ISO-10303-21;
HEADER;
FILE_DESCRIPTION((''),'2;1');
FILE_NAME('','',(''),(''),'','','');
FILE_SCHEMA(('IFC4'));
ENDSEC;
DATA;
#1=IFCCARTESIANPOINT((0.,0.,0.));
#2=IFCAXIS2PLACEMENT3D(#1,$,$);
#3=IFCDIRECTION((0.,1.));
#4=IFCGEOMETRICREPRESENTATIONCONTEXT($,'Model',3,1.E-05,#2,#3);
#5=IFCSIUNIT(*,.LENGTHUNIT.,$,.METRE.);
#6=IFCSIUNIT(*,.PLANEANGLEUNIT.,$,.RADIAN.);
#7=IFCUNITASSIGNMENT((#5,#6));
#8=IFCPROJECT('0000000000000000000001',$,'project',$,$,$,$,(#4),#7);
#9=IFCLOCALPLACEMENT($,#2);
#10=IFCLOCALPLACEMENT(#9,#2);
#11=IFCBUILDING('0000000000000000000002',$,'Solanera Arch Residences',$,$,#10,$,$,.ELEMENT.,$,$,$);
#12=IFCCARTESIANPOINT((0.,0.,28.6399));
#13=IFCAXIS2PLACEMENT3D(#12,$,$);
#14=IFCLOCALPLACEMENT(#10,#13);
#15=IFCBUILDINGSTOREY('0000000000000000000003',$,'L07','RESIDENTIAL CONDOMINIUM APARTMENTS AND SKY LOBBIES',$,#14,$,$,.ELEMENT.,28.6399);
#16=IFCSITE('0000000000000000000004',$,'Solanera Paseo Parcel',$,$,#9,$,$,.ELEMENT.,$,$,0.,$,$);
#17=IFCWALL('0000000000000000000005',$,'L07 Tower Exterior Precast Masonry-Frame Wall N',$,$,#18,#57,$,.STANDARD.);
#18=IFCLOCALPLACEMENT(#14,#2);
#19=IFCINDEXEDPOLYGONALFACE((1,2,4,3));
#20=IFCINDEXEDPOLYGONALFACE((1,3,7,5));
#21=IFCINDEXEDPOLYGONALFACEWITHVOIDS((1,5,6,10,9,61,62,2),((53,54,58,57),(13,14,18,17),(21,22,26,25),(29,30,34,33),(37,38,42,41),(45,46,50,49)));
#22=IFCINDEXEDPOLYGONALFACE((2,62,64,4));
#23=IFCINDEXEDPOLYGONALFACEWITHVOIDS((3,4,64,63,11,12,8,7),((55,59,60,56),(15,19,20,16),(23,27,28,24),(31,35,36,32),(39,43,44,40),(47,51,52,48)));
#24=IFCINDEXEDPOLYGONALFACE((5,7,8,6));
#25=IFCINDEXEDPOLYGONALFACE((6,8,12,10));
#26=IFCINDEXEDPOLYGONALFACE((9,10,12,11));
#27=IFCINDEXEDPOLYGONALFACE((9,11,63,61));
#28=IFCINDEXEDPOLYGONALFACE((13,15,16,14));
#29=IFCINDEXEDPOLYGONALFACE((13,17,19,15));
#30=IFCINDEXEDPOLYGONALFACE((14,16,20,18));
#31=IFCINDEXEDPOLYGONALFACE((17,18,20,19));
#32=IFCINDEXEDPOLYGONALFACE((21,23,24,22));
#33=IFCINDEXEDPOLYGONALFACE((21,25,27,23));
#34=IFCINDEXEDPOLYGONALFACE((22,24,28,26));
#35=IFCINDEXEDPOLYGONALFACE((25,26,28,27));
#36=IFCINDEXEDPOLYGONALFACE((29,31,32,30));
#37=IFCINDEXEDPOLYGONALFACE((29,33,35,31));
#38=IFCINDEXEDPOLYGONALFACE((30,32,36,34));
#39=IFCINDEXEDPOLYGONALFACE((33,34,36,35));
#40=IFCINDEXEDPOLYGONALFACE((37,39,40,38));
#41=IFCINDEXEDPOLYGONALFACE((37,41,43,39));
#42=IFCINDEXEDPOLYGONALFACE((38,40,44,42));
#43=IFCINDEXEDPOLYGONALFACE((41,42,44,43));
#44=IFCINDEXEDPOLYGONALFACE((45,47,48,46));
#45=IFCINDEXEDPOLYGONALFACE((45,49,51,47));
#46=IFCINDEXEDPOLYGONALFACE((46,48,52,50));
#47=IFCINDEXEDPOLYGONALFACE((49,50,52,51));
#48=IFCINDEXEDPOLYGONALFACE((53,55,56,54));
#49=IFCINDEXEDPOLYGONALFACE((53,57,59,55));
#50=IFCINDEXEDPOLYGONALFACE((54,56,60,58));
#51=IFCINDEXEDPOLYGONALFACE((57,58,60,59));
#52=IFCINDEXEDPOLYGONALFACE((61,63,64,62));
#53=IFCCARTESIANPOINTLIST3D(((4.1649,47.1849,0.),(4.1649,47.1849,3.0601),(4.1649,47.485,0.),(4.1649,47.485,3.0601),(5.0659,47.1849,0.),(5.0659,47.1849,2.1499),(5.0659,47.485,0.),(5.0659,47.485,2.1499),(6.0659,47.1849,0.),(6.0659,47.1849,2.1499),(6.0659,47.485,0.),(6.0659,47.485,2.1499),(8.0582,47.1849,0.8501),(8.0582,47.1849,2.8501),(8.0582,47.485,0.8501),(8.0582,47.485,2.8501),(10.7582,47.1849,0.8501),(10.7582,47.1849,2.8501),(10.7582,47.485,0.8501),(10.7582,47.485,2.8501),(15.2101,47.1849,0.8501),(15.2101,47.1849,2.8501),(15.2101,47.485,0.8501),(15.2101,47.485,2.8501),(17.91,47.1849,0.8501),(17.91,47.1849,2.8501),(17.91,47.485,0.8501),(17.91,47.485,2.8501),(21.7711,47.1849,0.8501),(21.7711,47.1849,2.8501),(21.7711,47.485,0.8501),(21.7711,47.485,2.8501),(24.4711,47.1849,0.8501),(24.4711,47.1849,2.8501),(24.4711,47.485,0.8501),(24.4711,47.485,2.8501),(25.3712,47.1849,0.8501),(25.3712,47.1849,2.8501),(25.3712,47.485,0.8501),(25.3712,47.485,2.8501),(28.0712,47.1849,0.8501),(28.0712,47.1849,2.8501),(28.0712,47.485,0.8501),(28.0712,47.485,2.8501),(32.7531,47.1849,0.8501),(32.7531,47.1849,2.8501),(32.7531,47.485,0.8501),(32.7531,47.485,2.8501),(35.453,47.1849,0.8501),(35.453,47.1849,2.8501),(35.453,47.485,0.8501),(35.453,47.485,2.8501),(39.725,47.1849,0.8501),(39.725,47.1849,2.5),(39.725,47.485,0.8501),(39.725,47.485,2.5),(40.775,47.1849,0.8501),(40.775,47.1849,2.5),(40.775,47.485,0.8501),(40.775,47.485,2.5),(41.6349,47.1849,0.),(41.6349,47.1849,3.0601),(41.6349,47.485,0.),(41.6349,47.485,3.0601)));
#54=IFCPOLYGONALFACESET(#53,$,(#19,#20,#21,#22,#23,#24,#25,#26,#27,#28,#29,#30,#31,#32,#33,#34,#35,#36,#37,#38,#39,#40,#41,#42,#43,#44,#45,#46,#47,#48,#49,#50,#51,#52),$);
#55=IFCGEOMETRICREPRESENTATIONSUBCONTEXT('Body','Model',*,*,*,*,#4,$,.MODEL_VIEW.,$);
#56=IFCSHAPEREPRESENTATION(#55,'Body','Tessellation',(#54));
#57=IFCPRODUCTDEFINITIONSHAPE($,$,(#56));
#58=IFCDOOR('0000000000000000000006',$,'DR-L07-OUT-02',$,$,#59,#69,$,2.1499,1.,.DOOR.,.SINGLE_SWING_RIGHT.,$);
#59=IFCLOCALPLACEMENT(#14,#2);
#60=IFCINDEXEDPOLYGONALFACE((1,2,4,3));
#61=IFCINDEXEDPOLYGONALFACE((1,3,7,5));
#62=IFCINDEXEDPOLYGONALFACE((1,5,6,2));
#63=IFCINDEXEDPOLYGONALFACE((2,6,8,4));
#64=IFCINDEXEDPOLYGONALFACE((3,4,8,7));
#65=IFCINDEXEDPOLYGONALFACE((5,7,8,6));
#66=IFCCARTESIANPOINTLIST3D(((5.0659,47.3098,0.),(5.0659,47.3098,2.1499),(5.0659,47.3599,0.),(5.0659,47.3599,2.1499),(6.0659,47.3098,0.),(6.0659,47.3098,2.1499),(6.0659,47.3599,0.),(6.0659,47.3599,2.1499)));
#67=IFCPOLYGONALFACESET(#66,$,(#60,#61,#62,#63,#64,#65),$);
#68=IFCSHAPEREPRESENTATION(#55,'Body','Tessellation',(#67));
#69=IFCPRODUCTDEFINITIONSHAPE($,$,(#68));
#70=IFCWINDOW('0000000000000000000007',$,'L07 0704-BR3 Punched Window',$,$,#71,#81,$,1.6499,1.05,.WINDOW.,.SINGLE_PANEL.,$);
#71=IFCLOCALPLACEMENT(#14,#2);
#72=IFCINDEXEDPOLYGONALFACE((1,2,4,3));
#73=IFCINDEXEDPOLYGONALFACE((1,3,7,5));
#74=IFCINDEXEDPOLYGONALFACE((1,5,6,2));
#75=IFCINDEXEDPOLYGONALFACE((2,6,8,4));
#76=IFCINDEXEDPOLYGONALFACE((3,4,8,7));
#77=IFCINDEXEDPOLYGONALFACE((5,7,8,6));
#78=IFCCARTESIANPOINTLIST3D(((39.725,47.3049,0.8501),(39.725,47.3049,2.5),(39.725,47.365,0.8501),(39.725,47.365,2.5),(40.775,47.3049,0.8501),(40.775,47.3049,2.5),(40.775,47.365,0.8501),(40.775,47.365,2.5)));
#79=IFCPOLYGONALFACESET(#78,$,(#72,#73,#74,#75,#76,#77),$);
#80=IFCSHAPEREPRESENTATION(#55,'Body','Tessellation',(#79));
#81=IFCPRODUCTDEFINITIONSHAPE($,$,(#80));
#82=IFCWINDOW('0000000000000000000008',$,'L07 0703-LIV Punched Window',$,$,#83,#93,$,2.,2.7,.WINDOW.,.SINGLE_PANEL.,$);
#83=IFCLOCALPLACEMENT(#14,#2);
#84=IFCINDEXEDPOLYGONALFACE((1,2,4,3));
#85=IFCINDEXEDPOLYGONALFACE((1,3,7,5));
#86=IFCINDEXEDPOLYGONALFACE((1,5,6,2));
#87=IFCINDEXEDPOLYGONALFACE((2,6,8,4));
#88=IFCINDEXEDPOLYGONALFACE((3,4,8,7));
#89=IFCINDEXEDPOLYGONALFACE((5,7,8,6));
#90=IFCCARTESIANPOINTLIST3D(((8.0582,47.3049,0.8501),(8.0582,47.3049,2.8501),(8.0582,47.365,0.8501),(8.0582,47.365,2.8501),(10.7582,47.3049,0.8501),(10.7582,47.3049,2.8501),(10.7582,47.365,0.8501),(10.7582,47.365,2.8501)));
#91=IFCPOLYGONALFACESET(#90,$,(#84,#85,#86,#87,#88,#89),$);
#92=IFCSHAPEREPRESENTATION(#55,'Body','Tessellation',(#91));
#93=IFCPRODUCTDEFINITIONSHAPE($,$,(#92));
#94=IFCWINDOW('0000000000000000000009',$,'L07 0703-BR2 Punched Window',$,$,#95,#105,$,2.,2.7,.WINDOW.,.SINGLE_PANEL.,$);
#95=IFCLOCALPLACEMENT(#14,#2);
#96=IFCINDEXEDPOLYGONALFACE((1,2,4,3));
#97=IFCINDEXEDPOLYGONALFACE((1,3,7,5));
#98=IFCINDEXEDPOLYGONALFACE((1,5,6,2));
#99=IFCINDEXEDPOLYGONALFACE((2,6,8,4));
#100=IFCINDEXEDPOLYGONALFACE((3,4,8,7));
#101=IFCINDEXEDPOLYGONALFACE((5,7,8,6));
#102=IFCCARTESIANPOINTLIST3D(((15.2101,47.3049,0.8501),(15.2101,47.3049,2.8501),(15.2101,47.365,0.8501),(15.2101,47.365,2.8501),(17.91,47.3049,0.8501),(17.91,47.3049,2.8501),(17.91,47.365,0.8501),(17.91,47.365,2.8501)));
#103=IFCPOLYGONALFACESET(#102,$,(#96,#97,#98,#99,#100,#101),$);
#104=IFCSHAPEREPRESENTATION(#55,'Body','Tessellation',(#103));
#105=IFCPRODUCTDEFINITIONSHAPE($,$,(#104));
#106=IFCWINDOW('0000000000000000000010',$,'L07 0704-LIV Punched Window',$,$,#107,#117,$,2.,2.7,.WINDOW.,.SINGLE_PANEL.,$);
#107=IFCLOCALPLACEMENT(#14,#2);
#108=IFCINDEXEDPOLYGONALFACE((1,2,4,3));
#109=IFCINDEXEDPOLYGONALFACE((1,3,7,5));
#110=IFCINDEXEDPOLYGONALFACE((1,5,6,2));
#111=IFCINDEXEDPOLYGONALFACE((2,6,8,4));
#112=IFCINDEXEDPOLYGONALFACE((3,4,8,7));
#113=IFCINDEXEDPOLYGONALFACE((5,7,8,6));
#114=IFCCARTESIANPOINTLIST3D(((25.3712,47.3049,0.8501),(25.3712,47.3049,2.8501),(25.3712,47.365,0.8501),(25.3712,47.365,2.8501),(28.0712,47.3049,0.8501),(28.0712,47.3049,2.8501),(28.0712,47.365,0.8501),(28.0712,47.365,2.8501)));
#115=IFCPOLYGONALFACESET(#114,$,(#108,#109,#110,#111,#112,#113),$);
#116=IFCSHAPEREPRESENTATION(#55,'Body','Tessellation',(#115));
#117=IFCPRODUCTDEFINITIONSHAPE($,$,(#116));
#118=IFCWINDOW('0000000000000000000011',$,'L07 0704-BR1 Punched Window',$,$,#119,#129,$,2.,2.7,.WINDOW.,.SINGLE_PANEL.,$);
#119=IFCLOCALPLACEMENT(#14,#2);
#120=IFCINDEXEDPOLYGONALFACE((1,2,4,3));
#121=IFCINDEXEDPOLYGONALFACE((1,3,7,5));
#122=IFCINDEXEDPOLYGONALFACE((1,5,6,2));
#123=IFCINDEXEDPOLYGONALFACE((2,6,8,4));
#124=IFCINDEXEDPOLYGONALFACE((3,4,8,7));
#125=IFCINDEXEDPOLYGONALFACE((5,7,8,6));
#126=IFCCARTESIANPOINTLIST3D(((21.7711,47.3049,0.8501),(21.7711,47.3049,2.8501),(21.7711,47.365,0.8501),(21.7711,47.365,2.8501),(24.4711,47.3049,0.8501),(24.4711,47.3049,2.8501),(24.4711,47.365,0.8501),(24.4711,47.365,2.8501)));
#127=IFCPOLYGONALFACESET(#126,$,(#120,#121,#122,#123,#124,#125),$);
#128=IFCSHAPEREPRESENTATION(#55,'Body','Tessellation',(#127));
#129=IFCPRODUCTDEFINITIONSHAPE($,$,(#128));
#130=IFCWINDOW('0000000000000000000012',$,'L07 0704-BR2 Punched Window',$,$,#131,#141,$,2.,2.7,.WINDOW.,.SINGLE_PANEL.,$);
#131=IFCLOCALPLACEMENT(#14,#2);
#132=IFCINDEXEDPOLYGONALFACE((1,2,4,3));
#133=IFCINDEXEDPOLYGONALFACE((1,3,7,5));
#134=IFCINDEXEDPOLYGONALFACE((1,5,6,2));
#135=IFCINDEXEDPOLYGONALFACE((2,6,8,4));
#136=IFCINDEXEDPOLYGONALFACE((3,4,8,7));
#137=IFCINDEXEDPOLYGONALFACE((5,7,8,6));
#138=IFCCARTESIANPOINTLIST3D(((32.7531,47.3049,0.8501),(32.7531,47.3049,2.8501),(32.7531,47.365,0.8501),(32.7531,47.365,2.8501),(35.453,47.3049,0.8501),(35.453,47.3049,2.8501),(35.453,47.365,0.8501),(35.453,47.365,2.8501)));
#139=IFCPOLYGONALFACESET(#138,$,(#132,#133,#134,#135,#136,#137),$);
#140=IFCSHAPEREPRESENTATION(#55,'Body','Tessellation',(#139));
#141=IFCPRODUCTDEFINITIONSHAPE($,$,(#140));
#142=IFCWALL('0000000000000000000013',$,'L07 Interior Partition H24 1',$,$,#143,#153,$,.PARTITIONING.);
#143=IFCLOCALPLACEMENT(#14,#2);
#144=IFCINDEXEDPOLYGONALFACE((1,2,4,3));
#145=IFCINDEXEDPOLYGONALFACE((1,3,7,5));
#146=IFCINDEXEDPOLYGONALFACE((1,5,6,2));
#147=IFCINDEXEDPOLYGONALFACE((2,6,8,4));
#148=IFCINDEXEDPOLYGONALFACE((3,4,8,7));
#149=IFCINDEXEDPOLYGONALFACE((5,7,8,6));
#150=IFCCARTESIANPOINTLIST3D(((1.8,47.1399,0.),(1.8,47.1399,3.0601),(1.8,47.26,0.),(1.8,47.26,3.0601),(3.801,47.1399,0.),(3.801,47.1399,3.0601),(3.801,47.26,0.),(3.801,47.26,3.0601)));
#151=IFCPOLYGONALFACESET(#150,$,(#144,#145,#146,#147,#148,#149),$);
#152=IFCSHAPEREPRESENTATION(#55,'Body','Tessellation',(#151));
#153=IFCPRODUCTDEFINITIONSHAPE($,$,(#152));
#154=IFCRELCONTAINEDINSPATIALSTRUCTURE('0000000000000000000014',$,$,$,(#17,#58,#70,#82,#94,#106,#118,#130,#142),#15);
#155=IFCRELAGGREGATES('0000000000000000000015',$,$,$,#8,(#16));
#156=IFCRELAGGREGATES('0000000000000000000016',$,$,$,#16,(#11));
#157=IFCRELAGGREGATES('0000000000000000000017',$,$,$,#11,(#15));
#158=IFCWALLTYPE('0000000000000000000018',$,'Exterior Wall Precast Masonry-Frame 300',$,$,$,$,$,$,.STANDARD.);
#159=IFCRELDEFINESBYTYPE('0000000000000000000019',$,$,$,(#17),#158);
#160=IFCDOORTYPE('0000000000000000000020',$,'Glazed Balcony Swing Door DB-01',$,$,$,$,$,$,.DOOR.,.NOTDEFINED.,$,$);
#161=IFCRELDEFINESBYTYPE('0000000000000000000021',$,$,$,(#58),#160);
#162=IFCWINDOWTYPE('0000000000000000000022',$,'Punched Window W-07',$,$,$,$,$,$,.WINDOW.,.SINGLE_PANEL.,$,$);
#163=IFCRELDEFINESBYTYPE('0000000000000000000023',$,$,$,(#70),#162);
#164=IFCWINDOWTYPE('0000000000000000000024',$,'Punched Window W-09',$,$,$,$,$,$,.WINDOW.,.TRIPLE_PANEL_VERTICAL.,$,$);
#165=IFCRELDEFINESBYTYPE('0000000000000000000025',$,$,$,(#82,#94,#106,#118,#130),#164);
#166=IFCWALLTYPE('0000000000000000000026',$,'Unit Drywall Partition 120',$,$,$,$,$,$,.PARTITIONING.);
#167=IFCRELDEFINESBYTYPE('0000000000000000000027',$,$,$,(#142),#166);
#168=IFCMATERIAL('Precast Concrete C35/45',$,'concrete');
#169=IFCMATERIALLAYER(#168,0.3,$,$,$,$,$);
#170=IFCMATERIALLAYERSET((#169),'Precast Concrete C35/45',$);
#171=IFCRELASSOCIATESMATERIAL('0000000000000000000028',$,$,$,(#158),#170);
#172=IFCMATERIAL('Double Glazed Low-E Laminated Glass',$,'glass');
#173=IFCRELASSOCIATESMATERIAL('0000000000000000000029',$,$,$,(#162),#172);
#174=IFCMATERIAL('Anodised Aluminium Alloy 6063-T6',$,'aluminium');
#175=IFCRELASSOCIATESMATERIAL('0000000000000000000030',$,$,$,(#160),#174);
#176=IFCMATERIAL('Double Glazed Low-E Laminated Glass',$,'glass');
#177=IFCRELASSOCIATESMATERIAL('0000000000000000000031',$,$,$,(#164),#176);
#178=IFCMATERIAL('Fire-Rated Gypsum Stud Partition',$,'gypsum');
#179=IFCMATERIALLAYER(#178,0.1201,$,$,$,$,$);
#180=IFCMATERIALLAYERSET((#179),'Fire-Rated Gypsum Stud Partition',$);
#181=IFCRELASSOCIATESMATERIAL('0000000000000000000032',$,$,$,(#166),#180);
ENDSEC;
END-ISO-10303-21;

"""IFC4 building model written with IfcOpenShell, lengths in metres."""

from ifc_helpers import new_model, si_unit, direction, frame, frame_2d, origin, place, context, subcontext, project, spatial, rectangle, extrude, material, layer, layer_set, type_object, element, fill, save


model = new_model("IFC4")

# Units and contexts
model_context = context("Model", 3, precision=1e-05, world=origin(), true_north=direction((0.0, 1.0)))
body_context = subcontext(model_context, "Body", "Model", "MODEL_VIEW")
ifc_project = project(units=[si_unit("LENGTHUNIT", "METRE"), si_unit("PLANEANGLEUNIT", "RADIAN")], contexts=[model_context])

# Site, building, storey
site_placement = place(None, origin())
site = spatial("IfcSite", under=ifc_project, at=site_placement, Name="Solanera Paseo Parcel", CompositionType="ELEMENT", RefElevation=0.0)
building_placement = place(site_placement, origin())
building = spatial("IfcBuilding", under=site, at=building_placement, Name="Solanera Arch Residences", CompositionType="ELEMENT")
storey_placement = place(building_placement, frame((0.0, 0.0, 28.6399)))
storey = spatial("IfcBuildingStorey", under=building, at=storey_placement, Name="L07", Description="RESIDENTIAL CONDOMINIUM APARTMENTS AND SKY LOBBIES", CompositionType="ELEMENT", Elevation=28.6399)

# Shared definitions
ifc_material_1 = material(Name="Precast Concrete C35/45", Category="concrete")
ifc_layer_1 = layer(ifc_material_1, 0.3)
ifc_layer_set_1 = layer_set([ifc_layer_1], Name="Precast Concrete C35/45")
wall_type_1 = type_object("IfcWallType", Name="Exterior Wall Precast Masonry-Frame 300", PredefinedType="STANDARD", material=ifc_layer_set_1)
ifc_material_2 = material(Name="Double Glazed Low-E Laminated Glass", Category="glass")
window_type_1 = type_object("IfcWindowType", Name="Punched Window W-07", PartitioningType="SINGLE_PANEL", PredefinedType="WINDOW", material=ifc_material_2)

# Wall, openings, door, windows
wall_1_placement = place(storey_placement, frame((4.165, 47.335, 0.0), z_axis=(0.0, 0.0, 1.0), x_axis=(1.0, 0.0, 0.0)))
wall_1 = element("IfcWall", 1, at=wall_1_placement, inside=storey, type_object=wall_type_1, Name="L07 Tower Exterior Precast Masonry-Frame Wall N", PredefinedType="STANDARD", context=body_context, shape_type="SweptSolid", body=[
    extrude(rectangle(XDim=37.47, YDim=0.3, at=frame_2d((18.7349, 0.0))), origin(), (0.0, 0.0, 1.0), 3.0601),
])
opening_1_placement = place(wall_1_placement, frame((0.9009, 0.0, 0.0)))
opening_1 = element("IfcOpeningElement", 2, at=opening_1_placement, cuts=wall_1, PredefinedType="OPENING", context=body_context, shape_type="SweptSolid", body=[
    extrude(rectangle(XDim=1.0, YDim=2.1499, at=frame_2d((0.5, 1.075))), frame((0.0, 0.1599, 0.0), z_axis=(0.0, -1.0, 0.0), x_axis=(1.0, 0.0, 0.0)), (0.0, 0.0, 1.0), 0.32),
])
opening_2_placement = place(wall_1_placement, frame((3.8931, 0.0, 0.8501)))
opening_2 = element("IfcOpeningElement", 3, at=opening_2_placement, cuts=wall_1, PredefinedType="OPENING", context=body_context, shape_type="SweptSolid", body=[
    extrude(rectangle(XDim=2.7, YDim=2.0, at=frame_2d((1.3501, 1.0))), frame((0.0, 0.1599, 0.0), z_axis=(0.0, -1.0, 0.0), x_axis=(1.0, 0.0, 0.0)), (0.0, 0.0, 1.0), 0.32),
])
opening_3_placement = place(wall_1_placement, frame((11.0449, 0.0, 0.8501)))
opening_3 = element("IfcOpeningElement", 4, at=opening_3_placement, cuts=wall_1, PredefinedType="OPENING", context=body_context, shape_type="SweptSolid", body=[
    extrude(rectangle(XDim=2.7, YDim=2.0, at=frame_2d((1.3501, 1.0))), frame((0.0, 0.1599, 0.0), z_axis=(0.0, -1.0, 0.0), x_axis=(1.0, 0.0, 0.0)), (0.0, 0.0, 1.0), 0.32),
])
opening_4_placement = place(wall_1_placement, frame((21.2061, 0.0, 0.8501)))
opening_4 = element("IfcOpeningElement", 5, at=opening_4_placement, cuts=wall_1, PredefinedType="OPENING", context=body_context, shape_type="SweptSolid", body=[
    extrude(rectangle(XDim=2.7, YDim=2.0, at=frame_2d((1.3501, 1.0))), frame((0.0, 0.1599, 0.0), z_axis=(0.0, -1.0, 0.0), x_axis=(1.0, 0.0, 0.0)), (0.0, 0.0, 1.0), 0.32),
])
opening_5_placement = place(wall_1_placement, frame((17.606, 0.0, 0.8501)))
opening_5 = element("IfcOpeningElement", 6, at=opening_5_placement, cuts=wall_1, PredefinedType="OPENING", context=body_context, shape_type="SweptSolid", body=[
    extrude(rectangle(XDim=2.7, YDim=2.0, at=frame_2d((1.3501, 1.0))), frame((0.0, 0.1599, 0.0), z_axis=(0.0, -1.0, 0.0), x_axis=(1.0, 0.0, 0.0)), (0.0, 0.0, 1.0), 0.32),
])
opening_6_placement = place(wall_1_placement, frame((28.5879, 0.0, 0.8501)))
opening_6 = element("IfcOpeningElement", 7, at=opening_6_placement, cuts=wall_1, PredefinedType="OPENING", context=body_context, shape_type="SweptSolid", body=[
    extrude(rectangle(XDim=2.7, YDim=2.0, at=frame_2d((1.3501, 1.0))), frame((0.0, 0.1599, 0.0), z_axis=(0.0, -1.0, 0.0), x_axis=(1.0, 0.0, 0.0)), (0.0, 0.0, 1.0), 0.32),
])
opening_7_placement = place(wall_1_placement, frame((35.5601, 0.0, 0.8501)))
opening_7 = element("IfcOpeningElement", 8, at=opening_7_placement, cuts=wall_1, PredefinedType="OPENING", context=body_context, shape_type="SweptSolid", body=[
    extrude(rectangle(XDim=1.05, YDim=1.6499, at=frame_2d((0.5249, 0.825))), frame((0.0, 0.1599, 0.0), z_axis=(0.0, -1.0, 0.0), x_axis=(1.0, 0.0, 0.0)), (0.0, 0.0, 1.0), 0.32),
])
ifc_material_3 = material(Name="Anodised Aluminium Alloy 6063-T6", Category="aluminium")
door_type_1 = type_object("IfcDoorType", Name="Glazed Balcony Swing Door DB-01", OperationType="NOTDEFINED", PredefinedType="DOOR", material=ifc_material_3)
door_1_placement = place(opening_1_placement, origin())
door_1 = element("IfcDoor", 9, at=door_1_placement, inside=storey, type_object=door_type_1, Name="DR-L07-OUT-02", OperationType="SINGLE_SWING_RIGHT", OverallHeight=2.1499, OverallWidth=1.0, PredefinedType="DOOR", context=body_context, shape_type="SweptSolid", body=[
    extrude(rectangle(XDim=1.0, YDim=2.1499, at=frame_2d((0.5, 1.075))), frame((0.0, 0.0249, 0.0), z_axis=(0.0, -1.0, 0.0), x_axis=(1.0, 0.0, 0.0)), (0.0, 0.0, 1.0), 0.05),
])
fill(opening_1, door_1)
window_1_placement = place(opening_7_placement, origin())
window_1 = element("IfcWindow", 10, at=window_1_placement, inside=storey, type_object=window_type_1, Name="L07 0704-BR3 Punched Window", OverallHeight=1.6499, OverallWidth=1.05, PartitioningType="SINGLE_PANEL", PredefinedType="WINDOW", context=body_context, shape_type="SweptSolid", body=[
    extrude(rectangle(XDim=1.05, YDim=1.6499, at=frame_2d((0.5249, 0.825))), frame((0.0, 0.03, 0.0), z_axis=(0.0, -1.0, 0.0), x_axis=(1.0, 0.0, 0.0)), (0.0, 0.0, 1.0), 0.0601),
])
fill(opening_7, window_1)
ifc_material_4 = material(Name="Double Glazed Low-E Laminated Glass", Category="glass")
window_type_2 = type_object("IfcWindowType", Name="Punched Window W-09", PartitioningType="TRIPLE_PANEL_VERTICAL", PredefinedType="WINDOW", material=ifc_material_4)
window_2_placement = place(opening_2_placement, origin())
window_2 = element("IfcWindow", 11, at=window_2_placement, inside=storey, type_object=window_type_2, Name="L07 0703-LIV Punched Window", OverallHeight=2.0, OverallWidth=2.7, PartitioningType="SINGLE_PANEL", PredefinedType="WINDOW", context=body_context, shape_type="SweptSolid", body=[
    extrude(rectangle(XDim=2.7, YDim=2.0, at=frame_2d((1.3501, 1.0))), frame((0.0, 0.03, 0.0), z_axis=(0.0, -1.0, 0.0), x_axis=(1.0, 0.0, 0.0)), (0.0, 0.0, 1.0), 0.0601),
])
fill(opening_2, window_2)
window_3_placement = place(opening_3_placement, origin())
window_3 = element("IfcWindow", 12, at=window_3_placement, inside=storey, type_object=window_type_2, Name="L07 0703-BR2 Punched Window", OverallHeight=2.0, OverallWidth=2.7, PartitioningType="SINGLE_PANEL", PredefinedType="WINDOW", context=body_context, shape_type="SweptSolid", body=[
    extrude(rectangle(XDim=2.7, YDim=2.0, at=frame_2d((1.3501, 1.0))), frame((0.0, 0.03, 0.0), z_axis=(0.0, -1.0, 0.0), x_axis=(1.0, 0.0, 0.0)), (0.0, 0.0, 1.0), 0.0601),
])
fill(opening_3, window_3)
window_4_placement = place(opening_4_placement, origin())
window_4 = element("IfcWindow", 13, at=window_4_placement, inside=storey, type_object=window_type_2, Name="L07 0704-LIV Punched Window", OverallHeight=2.0, OverallWidth=2.7, PartitioningType="SINGLE_PANEL", PredefinedType="WINDOW", context=body_context, shape_type="SweptSolid", body=[
    extrude(rectangle(XDim=2.7, YDim=2.0, at=frame_2d((1.3501, 1.0))), frame((0.0, 0.03, 0.0), z_axis=(0.0, -1.0, 0.0), x_axis=(1.0, 0.0, 0.0)), (0.0, 0.0, 1.0), 0.0601),
])
fill(opening_4, window_4)
window_5_placement = place(opening_5_placement, origin())
window_5 = element("IfcWindow", 14, at=window_5_placement, inside=storey, type_object=window_type_2, Name="L07 0704-BR1 Punched Window", OverallHeight=2.0, OverallWidth=2.7, PartitioningType="SINGLE_PANEL", PredefinedType="WINDOW", context=body_context, shape_type="SweptSolid", body=[
    extrude(rectangle(XDim=2.7, YDim=2.0, at=frame_2d((1.3501, 1.0))), frame((0.0, 0.03, 0.0), z_axis=(0.0, -1.0, 0.0), x_axis=(1.0, 0.0, 0.0)), (0.0, 0.0, 1.0), 0.0601),
])
fill(opening_5, window_5)
window_6_placement = place(opening_6_placement, origin())
window_6 = element("IfcWindow", 15, at=window_6_placement, inside=storey, type_object=window_type_2, Name="L07 0704-BR2 Punched Window", OverallHeight=2.0, OverallWidth=2.7, PartitioningType="SINGLE_PANEL", PredefinedType="WINDOW", context=body_context, shape_type="SweptSolid", body=[
    extrude(rectangle(XDim=2.7, YDim=2.0, at=frame_2d((1.3501, 1.0))), frame((0.0, 0.03, 0.0), z_axis=(0.0, -1.0, 0.0), x_axis=(1.0, 0.0, 0.0)), (0.0, 0.0, 1.0), 0.0601),
])
fill(opening_6, window_6)

# Wall
ifc_material_5 = material(Name="Fire-Rated Gypsum Stud Partition", Category="gypsum")
ifc_layer_2 = layer(ifc_material_5, 0.1201)
ifc_layer_set_2 = layer_set([ifc_layer_2], Name="Fire-Rated Gypsum Stud Partition")
wall_type_2 = type_object("IfcWallType", Name="Unit Drywall Partition 120", PredefinedType="PARTITIONING", material=ifc_layer_set_2)
wall_2_placement = place(storey_placement, frame((1.8, 47.2, 0.0), z_axis=(0.0, 0.0, 1.0), x_axis=(1.0, 0.0, 0.0)))
element("IfcWall", 16, at=wall_2_placement, inside=storey, type_object=wall_type_2, Name="L07 Interior Partition H24 1", PredefinedType="PARTITIONING", context=body_context, shape_type="SweptSolid", body=[
    extrude(rectangle(XDim=2.001, YDim=0.1201, at=frame_2d((1.0005, 0.0))), origin(), (0.0, 0.0, 1.0), 3.0601),
])

save(model, "model.ifc")
